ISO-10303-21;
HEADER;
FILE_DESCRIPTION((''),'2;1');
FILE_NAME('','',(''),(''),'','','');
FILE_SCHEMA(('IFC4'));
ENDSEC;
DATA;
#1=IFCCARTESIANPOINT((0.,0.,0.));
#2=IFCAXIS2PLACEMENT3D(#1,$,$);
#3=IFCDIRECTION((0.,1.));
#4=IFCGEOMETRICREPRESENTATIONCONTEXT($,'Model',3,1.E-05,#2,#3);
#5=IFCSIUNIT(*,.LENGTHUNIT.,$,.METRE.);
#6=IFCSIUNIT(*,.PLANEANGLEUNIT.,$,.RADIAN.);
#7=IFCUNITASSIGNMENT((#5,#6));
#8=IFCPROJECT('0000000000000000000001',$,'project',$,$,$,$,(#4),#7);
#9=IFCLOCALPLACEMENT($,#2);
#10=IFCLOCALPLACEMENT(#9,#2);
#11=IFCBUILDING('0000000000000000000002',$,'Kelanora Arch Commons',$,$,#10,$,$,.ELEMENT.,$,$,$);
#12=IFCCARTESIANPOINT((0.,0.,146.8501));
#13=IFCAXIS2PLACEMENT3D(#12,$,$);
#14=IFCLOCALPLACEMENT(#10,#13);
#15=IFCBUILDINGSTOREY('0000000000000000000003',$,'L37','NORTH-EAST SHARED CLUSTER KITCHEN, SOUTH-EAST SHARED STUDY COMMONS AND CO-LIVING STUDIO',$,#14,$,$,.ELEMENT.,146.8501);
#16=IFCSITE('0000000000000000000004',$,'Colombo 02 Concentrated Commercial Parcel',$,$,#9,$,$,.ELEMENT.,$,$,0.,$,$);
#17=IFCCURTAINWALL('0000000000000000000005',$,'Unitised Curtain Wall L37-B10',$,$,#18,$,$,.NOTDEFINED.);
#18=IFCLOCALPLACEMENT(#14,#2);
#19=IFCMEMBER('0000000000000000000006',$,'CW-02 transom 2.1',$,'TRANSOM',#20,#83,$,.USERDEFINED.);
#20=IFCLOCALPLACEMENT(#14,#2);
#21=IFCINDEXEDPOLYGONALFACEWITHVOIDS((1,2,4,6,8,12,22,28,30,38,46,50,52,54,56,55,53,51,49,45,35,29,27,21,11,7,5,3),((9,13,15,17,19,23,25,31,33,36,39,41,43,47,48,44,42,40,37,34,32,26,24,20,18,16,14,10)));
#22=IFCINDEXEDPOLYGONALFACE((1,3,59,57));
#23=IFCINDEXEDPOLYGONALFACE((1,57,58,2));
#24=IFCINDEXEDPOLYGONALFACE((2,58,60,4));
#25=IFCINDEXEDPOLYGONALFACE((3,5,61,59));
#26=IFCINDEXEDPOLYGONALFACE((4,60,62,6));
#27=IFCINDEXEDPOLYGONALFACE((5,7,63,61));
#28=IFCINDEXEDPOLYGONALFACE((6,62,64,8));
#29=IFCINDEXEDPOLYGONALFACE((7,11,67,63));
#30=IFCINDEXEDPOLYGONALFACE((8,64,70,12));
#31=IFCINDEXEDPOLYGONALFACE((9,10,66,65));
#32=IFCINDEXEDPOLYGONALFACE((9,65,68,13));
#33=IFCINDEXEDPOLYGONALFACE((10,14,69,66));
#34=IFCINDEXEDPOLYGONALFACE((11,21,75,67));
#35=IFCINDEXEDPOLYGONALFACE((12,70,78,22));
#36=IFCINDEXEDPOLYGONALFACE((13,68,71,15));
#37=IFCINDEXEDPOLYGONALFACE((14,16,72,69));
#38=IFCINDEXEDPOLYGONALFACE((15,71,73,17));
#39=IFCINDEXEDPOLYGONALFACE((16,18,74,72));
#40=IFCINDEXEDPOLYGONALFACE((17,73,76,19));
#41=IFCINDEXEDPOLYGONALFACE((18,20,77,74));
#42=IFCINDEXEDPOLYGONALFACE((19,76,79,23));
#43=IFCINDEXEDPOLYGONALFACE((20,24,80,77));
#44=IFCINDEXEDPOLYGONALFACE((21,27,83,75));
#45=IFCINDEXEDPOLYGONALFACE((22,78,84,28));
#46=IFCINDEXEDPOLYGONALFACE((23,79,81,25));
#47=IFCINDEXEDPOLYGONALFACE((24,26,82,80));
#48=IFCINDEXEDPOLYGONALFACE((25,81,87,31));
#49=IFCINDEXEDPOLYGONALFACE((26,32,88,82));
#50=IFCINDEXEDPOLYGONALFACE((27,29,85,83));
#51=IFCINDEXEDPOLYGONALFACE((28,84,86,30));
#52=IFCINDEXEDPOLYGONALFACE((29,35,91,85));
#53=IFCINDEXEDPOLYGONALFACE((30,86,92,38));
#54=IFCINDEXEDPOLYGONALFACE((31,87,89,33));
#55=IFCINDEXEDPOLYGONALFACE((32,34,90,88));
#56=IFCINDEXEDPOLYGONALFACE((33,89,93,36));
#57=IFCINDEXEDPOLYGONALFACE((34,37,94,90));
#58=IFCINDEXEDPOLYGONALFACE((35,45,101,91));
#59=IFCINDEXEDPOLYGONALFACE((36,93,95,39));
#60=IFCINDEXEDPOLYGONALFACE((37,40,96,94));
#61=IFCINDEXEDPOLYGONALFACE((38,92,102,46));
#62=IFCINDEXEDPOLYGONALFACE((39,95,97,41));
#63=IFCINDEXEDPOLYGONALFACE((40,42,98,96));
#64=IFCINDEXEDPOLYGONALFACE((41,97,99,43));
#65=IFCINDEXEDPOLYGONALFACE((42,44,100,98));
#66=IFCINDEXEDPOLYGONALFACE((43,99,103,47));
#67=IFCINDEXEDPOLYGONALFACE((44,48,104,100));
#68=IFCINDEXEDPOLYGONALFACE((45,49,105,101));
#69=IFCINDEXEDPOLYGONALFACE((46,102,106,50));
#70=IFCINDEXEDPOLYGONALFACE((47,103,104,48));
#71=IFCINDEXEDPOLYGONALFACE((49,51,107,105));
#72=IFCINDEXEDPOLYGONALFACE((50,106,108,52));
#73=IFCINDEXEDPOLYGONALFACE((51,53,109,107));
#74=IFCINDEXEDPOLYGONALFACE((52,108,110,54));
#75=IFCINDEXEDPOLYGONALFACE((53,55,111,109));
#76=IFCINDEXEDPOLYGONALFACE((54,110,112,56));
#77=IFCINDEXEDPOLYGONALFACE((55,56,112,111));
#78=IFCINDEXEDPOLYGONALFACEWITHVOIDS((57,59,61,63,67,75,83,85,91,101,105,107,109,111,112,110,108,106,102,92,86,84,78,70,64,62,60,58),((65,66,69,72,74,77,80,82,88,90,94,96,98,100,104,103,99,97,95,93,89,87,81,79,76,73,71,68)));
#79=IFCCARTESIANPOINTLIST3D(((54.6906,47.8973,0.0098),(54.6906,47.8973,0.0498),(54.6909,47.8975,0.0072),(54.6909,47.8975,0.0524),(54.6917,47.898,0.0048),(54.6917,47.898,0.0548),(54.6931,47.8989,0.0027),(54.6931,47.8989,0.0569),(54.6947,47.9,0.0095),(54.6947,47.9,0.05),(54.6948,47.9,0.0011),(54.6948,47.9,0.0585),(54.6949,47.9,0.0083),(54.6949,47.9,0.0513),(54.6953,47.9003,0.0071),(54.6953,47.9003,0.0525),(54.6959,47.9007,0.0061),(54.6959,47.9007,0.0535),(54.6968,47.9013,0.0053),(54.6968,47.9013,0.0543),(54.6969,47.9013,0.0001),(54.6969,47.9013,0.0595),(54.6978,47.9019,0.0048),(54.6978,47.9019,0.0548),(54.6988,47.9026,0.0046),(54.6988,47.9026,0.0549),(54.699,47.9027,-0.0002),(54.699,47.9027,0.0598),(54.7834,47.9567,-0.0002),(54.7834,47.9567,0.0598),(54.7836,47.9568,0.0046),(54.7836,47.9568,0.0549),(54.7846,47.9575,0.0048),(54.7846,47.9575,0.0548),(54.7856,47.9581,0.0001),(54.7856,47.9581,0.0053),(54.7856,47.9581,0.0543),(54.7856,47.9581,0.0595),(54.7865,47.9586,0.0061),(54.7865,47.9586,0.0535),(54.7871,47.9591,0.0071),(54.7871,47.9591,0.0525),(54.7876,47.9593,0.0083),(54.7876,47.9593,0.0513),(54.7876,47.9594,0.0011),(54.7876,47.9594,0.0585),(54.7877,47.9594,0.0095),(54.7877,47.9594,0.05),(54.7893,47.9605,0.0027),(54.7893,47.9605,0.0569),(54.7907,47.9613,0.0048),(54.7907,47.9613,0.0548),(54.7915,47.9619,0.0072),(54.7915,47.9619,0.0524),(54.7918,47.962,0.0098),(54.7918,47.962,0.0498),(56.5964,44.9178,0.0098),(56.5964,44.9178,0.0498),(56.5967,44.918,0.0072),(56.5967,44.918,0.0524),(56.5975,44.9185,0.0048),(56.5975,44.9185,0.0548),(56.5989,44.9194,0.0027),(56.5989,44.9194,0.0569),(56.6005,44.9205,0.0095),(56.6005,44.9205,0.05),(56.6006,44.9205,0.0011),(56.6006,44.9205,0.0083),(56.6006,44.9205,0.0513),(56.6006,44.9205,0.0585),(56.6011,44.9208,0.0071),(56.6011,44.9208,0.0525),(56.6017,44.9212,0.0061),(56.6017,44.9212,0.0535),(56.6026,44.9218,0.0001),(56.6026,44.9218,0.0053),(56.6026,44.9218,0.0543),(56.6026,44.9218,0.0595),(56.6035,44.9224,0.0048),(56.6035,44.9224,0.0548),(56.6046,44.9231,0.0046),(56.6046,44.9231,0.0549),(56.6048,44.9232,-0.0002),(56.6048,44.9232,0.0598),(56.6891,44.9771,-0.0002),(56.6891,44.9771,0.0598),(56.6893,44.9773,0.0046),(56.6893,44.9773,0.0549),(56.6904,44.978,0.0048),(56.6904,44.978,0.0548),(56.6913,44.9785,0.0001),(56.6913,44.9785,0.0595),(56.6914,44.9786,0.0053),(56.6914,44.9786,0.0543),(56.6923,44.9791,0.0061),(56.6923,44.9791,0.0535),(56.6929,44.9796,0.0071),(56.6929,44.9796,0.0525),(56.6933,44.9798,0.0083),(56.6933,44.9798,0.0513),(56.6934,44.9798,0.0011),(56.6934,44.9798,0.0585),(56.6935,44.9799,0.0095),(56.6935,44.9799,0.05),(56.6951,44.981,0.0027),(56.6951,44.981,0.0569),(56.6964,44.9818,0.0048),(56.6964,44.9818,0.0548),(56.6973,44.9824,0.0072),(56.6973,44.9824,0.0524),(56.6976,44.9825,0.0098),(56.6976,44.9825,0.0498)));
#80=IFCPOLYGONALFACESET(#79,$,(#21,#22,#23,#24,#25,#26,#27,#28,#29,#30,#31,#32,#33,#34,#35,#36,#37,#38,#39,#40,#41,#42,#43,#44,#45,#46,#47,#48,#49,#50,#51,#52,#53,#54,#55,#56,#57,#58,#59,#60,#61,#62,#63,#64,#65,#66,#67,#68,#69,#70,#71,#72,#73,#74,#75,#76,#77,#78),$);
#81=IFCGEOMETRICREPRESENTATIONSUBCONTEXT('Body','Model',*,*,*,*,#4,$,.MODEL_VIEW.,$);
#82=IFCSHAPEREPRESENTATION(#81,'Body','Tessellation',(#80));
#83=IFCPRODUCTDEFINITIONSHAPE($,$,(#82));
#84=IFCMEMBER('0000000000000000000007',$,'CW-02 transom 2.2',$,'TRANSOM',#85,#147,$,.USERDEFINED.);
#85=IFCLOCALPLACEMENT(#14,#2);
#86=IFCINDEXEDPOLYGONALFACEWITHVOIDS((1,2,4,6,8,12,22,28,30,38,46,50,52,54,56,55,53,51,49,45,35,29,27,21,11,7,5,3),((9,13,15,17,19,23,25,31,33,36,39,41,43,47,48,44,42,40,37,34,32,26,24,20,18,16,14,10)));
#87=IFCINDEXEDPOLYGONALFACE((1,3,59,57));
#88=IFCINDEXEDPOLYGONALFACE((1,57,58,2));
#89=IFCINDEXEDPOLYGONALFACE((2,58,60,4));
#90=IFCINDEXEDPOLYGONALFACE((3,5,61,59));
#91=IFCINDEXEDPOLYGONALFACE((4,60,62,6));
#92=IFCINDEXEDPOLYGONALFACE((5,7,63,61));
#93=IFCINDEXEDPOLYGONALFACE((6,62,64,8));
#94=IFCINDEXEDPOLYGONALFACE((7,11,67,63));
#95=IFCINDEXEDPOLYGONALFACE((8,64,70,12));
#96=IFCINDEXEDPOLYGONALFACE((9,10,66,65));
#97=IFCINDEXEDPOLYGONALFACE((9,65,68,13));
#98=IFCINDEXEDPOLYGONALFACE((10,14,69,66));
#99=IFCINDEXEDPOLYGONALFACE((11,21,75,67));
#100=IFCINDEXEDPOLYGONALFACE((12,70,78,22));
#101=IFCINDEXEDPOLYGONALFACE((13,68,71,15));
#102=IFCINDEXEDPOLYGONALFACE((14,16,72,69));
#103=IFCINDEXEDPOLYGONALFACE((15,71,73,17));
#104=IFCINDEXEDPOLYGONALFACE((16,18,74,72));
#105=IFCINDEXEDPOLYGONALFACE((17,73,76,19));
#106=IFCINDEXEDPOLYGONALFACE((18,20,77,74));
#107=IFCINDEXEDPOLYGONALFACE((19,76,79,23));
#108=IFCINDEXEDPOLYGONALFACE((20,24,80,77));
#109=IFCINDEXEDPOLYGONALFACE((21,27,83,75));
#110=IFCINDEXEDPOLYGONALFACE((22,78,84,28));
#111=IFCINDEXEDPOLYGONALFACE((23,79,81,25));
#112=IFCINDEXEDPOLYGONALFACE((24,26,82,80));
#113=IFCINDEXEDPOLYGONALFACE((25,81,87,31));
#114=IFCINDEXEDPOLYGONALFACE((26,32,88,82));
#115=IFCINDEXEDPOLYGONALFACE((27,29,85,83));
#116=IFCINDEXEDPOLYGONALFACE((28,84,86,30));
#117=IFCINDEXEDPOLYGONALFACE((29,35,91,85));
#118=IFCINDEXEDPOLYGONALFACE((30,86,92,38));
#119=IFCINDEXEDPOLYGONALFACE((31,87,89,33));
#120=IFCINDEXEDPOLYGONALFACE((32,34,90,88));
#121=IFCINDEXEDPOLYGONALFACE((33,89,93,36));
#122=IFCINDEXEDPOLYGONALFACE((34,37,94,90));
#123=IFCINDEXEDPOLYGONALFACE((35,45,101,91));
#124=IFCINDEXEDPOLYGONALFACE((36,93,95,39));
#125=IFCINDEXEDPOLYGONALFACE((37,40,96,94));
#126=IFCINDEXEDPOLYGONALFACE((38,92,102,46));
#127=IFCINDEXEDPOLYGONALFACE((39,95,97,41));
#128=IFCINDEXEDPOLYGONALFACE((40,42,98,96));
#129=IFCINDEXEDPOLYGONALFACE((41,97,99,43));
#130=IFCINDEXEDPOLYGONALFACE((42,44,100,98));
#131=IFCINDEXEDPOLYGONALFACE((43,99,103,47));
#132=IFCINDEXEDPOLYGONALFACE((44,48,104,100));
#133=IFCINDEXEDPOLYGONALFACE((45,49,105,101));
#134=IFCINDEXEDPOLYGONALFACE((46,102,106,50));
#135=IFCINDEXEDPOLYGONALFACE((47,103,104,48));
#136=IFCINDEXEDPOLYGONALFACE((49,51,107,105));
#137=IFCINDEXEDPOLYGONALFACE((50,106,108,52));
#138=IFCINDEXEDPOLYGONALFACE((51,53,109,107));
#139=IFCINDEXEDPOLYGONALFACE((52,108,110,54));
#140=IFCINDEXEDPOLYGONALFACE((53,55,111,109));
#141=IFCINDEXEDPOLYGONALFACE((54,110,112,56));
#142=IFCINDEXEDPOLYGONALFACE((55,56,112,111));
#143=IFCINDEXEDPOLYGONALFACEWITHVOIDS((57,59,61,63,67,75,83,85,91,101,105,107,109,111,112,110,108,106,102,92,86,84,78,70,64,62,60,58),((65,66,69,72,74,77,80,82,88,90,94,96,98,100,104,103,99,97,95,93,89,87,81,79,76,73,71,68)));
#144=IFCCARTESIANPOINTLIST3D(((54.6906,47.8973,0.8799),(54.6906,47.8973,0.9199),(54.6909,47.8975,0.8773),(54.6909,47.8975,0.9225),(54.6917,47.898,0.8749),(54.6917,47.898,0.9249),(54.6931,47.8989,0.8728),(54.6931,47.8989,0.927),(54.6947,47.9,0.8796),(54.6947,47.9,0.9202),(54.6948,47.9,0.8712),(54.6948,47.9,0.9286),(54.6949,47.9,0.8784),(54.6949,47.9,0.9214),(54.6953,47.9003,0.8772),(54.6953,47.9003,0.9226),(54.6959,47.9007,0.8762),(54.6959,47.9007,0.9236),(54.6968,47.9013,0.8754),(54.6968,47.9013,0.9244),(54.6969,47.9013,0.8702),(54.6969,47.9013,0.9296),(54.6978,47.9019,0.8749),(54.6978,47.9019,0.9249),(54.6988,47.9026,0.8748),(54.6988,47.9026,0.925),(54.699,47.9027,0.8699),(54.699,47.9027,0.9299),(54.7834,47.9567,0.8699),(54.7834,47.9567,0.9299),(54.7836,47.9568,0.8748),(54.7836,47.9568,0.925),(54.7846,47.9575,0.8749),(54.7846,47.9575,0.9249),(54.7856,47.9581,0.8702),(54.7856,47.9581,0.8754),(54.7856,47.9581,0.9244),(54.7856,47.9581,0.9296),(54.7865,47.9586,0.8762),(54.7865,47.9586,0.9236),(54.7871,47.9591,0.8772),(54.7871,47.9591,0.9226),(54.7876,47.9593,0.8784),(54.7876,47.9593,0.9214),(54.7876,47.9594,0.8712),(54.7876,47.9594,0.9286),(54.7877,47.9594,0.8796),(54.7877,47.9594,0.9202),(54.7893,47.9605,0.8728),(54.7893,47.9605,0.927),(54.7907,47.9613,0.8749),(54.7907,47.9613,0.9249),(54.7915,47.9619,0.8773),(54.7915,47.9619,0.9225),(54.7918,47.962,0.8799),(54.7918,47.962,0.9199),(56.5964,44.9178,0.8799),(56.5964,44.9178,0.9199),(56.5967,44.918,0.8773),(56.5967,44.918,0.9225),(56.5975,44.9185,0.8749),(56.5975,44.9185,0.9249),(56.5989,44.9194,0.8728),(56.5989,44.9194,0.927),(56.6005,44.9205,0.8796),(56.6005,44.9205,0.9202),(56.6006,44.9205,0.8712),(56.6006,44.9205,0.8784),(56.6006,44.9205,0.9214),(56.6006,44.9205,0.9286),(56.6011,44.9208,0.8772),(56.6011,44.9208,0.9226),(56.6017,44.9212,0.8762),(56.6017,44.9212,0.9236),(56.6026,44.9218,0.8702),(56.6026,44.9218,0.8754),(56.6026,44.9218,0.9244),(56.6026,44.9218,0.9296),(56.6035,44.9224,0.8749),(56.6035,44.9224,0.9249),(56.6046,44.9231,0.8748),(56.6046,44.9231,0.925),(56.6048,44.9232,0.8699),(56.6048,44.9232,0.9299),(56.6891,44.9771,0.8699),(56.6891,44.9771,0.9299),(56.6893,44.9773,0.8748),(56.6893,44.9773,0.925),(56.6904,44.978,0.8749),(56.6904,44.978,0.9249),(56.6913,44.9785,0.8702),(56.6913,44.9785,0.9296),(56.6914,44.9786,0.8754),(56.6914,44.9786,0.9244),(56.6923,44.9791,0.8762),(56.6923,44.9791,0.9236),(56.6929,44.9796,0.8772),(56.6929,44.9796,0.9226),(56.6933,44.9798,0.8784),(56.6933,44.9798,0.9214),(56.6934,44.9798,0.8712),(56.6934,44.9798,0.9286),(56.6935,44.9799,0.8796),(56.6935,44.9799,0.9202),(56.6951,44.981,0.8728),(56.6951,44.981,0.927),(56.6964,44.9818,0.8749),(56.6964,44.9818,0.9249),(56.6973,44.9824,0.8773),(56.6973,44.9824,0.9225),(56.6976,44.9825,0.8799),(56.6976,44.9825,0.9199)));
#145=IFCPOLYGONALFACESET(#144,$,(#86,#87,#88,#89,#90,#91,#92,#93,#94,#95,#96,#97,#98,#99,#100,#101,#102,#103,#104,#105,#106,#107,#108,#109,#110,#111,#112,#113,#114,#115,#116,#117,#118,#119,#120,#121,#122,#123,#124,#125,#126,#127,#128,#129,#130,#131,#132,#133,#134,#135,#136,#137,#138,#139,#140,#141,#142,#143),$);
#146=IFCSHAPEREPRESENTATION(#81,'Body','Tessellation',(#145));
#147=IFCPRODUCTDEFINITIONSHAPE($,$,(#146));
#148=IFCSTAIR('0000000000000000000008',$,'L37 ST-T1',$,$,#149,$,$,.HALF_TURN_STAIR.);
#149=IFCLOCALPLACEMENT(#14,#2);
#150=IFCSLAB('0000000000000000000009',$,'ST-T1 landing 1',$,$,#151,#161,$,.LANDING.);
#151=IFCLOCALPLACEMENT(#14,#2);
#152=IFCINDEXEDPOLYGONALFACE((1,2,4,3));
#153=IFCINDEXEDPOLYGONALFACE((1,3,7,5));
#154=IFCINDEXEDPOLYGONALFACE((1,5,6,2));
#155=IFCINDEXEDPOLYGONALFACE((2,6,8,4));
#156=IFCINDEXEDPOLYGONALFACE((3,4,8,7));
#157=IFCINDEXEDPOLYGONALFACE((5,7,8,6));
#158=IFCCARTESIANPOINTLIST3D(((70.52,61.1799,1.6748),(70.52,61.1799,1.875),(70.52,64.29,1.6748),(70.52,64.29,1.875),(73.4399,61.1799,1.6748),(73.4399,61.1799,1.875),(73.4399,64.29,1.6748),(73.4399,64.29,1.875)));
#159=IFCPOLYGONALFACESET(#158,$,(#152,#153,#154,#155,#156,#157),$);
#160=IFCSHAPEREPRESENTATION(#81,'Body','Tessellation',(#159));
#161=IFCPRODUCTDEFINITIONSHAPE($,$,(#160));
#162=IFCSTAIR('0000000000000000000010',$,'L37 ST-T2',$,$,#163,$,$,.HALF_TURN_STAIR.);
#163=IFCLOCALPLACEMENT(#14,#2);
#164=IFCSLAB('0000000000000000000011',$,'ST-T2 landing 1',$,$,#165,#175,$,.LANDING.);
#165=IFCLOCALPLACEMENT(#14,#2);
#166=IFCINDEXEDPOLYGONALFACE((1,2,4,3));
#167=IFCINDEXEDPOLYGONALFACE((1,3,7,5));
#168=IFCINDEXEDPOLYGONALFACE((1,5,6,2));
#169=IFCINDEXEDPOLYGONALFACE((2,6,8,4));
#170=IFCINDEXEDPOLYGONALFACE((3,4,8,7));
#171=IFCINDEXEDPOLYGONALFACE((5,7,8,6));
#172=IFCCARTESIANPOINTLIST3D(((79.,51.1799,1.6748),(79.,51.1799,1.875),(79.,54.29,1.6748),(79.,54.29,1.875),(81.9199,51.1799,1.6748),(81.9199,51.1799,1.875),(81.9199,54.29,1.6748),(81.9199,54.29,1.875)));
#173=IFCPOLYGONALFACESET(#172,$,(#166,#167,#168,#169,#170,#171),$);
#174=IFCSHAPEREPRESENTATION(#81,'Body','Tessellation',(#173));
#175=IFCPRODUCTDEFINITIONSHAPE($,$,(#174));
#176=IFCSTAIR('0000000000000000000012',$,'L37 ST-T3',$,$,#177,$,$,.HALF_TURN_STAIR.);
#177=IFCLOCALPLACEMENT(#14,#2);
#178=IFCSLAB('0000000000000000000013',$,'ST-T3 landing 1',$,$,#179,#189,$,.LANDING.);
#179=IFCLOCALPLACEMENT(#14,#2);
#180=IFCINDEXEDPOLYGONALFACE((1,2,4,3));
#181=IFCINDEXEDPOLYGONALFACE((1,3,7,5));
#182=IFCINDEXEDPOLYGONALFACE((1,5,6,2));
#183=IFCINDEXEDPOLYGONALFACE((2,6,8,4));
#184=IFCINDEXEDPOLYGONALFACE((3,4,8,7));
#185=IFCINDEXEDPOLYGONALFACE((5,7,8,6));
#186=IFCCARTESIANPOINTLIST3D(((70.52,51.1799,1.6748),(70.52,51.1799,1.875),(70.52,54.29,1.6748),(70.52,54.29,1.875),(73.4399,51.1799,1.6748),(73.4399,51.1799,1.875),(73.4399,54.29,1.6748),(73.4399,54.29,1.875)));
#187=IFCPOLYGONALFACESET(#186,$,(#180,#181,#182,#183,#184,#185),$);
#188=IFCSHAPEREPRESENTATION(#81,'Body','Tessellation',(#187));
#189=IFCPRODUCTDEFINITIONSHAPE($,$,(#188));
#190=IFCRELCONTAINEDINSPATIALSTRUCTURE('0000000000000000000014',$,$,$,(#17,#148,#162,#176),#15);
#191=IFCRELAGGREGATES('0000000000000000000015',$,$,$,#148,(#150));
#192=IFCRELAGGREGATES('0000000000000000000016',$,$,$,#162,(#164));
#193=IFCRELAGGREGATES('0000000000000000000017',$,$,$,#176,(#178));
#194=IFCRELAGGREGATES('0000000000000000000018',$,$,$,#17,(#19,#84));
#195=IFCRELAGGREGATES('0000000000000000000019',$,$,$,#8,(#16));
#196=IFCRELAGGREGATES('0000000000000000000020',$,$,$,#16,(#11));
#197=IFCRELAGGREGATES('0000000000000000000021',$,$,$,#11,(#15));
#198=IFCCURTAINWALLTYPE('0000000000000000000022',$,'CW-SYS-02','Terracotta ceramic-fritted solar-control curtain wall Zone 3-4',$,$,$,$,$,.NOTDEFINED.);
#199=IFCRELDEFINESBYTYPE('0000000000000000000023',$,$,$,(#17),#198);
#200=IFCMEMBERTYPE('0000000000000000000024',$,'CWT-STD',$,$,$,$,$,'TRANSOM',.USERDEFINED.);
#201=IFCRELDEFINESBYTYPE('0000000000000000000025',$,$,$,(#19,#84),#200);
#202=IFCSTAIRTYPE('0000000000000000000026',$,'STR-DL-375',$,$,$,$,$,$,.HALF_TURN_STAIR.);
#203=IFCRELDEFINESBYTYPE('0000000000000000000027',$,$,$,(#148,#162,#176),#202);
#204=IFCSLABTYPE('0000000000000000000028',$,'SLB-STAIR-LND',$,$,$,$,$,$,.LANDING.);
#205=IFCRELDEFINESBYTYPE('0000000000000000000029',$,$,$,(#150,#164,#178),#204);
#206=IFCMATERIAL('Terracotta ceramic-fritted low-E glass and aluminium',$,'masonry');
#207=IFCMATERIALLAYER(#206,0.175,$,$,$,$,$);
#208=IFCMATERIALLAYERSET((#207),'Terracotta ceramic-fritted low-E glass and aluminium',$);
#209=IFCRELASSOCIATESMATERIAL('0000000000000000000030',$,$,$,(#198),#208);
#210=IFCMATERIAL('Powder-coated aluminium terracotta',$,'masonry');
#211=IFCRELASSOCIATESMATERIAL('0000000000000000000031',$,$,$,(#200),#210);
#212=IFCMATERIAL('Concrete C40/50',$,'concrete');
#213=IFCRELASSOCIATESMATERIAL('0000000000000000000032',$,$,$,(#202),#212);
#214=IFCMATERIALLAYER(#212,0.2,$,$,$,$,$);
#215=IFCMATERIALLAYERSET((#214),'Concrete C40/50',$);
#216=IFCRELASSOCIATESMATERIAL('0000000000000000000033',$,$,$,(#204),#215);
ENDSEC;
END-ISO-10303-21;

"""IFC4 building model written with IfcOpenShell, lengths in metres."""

from ifc_helpers import new_model, si_unit, direction, frame, origin, origin_2d, place, context, subcontext, project, spatial, polyline, hollow_rectangle, outline, extrude, material, layer, layer_set, material_profile, profile_set, type_object, element, aggregate, save


model = new_model("IFC4")

# Units and contexts
model_context = context("Model", 3, precision=1e-05, world=origin(), true_north=direction((0.0, 1.0)))
body_context = subcontext(model_context, "Body", "Model", "MODEL_VIEW")
ifc_project = project(units=[si_unit("LENGTHUNIT", "METRE"), si_unit("PLANEANGLEUNIT", "RADIAN")], contexts=[model_context])

# Site, building, storey
site_placement = place(None, origin())
site = spatial("IfcSite", under=ifc_project, at=site_placement, Name="Colombo 02 Concentrated Commercial Parcel", CompositionType="ELEMENT", RefElevation=0.0)
building_placement = place(site_placement, origin())
building = spatial("IfcBuilding", under=site, at=building_placement, Name="Kelanora Arch Commons", CompositionType="ELEMENT")
storey_placement = place(building_placement, frame((0.0, 0.0, 146.8501)))
storey = spatial("IfcBuildingStorey", under=building, at=storey_placement, Name="L37", Description="NORTH-EAST SHARED CLUSTER KITCHEN, SOUTH-EAST SHARED STUDY COMMONS AND CO-LIVING STUDIO", CompositionType="ELEMENT", Elevation=146.8501)

# Shared definitions
ifc_material_1 = material(Name="Terracotta ceramic-fritted low-E glass and aluminium", Category="masonry")
ifc_layer_1 = layer(ifc_material_1, 0.175)
ifc_layer_set_1 = layer_set([ifc_layer_1], Name="Terracotta ceramic-fritted low-E glass and aluminium")
curtain_wall_type = type_object("IfcCurtainWallType", Name="CW-SYS-02", Description="Terracotta ceramic-fritted solar-control curtain wall Zone 3-4", PredefinedType="NOTDEFINED", material=ifc_layer_set_1)
ifc_material_2 = material(Name="Powder-coated aluminium terracotta", Category="masonry")

# Curtain wall, members
curtain_wall_1_placement = place(storey_placement, origin())
curtain_wall_1 = element("IfcCurtainWall", 1, at=curtain_wall_1_placement, inside=storey, type_object=curtain_wall_type, Name="Unitised Curtain Wall L37-B10", PredefinedType="NOTDEFINED")
ifc_material_profile_1 = material_profile(ifc_material_2, hollow_rectangle(XDim=0.1201, YDim=0.0601, WallThickness=0.0049, InnerFilletRadius=0.0049, OuterFilletRadius=0.01, at=origin_2d()), Name="CWT120x60")
ifc_profile_set_1 = profile_set([ifc_material_profile_1], Name="Powder-coated aluminium terracotta")
member_type_1 = type_object("IfcMemberType", Name="CWT-STD", ElementType="TRANSOM", PredefinedType="USERDEFINED", material=ifc_profile_set_1)
member_1_placement = place(storey_placement, frame((54.7412, 47.9297, 0.0298), z_axis=(0.53883, -0.842414, 0.0), x_axis=(0.842414, 0.53883, 0.0)))
member_1 = element("IfcMember", 2, at=member_1_placement, type_object=member_type_1, Name="CW-02 transom 2.1", ObjectType="TRANSOM", PredefinedType="USERDEFINED", context=body_context, shape_type="SweptSolid", body=[
    extrude(hollow_rectangle(XDim=0.1201, YDim=0.0601, WallThickness=0.0049, InnerFilletRadius=0.0049, OuterFilletRadius=0.01, at=origin_2d()), origin(), (0.0, 0.0, 1.0), 3.5369),
])
member_2_placement = place(storey_placement, frame((54.7412, 47.9297, 0.8999), z_axis=(0.53883, -0.842414, 0.0), x_axis=(0.842414, 0.53883, 0.0)))
member_2 = element("IfcMember", 3, at=member_2_placement, type_object=member_type_1, Name="CW-02 transom 2.2", ObjectType="TRANSOM", PredefinedType="USERDEFINED", context=body_context, shape_type="SweptSolid", body=[
    extrude(hollow_rectangle(XDim=0.1201, YDim=0.0601, WallThickness=0.0049, InnerFilletRadius=0.0049, OuterFilletRadius=0.01, at=origin_2d()), origin(), (0.0, 0.0, 1.0), 3.5369),
])

# Stairs, slabs
ifc_material_3 = material(Name="Concrete C40/50", Category="concrete")
stair_type = type_object("IfcStairType", Name="STR-DL-375", PredefinedType="HALF_TURN_STAIR", material=ifc_material_3)
stair_1_placement = place(storey_placement, origin())
stair_1 = element("IfcStair", 4, at=stair_1_placement, inside=storey, type_object=stair_type, Name="L37 ST-T1", PredefinedType="HALF_TURN_STAIR")
ifc_layer_2 = layer(ifc_material_3, 0.2)
ifc_layer_set_2 = layer_set([ifc_layer_2], Name="Concrete C40/50")
slab_type_1 = type_object("IfcSlabType", Name="SLB-STAIR-LND", PredefinedType="LANDING", material=ifc_layer_set_2)
slab_1_placement = place(storey_placement, frame((0.0, 0.0, 1.6748)))
slab_1 = element("IfcSlab", 5, at=slab_1_placement, type_object=slab_type_1, Name="ST-T1 landing 1", PredefinedType="LANDING", context=body_context, shape_type="SweptSolid", body=[
    extrude(outline(polyline([(70.52, 61.1799), (73.4399, 61.1799), (73.4399, 64.29), (70.52, 64.29), (70.52, 61.1799)])), origin(), (0.0, 0.0, 1.0), 0.2002),
])
aggregate(stair_1, [slab_1])
stair_2_placement = place(storey_placement, origin())
stair_2 = element("IfcStair", 6, at=stair_2_placement, inside=storey, type_object=stair_type, Name="L37 ST-T2", PredefinedType="HALF_TURN_STAIR")
slab_2_placement = place(storey_placement, frame((0.0, 0.0, 1.6748)))
slab_2 = element("IfcSlab", 7, at=slab_2_placement, type_object=slab_type_1, Name="ST-T2 landing 1", PredefinedType="LANDING", context=body_context, shape_type="SweptSolid", body=[
    extrude(outline(polyline([(79.0, 51.1799), (81.9199, 51.1799), (81.9199, 54.29), (79.0, 54.29), (79.0, 51.1799)])), origin(), (0.0, 0.0, 1.0), 0.2002),
])
aggregate(stair_2, [slab_2])
stair_3_placement = place(storey_placement, origin())
stair_3 = element("IfcStair", 8, at=stair_3_placement, inside=storey, type_object=stair_type, Name="L37 ST-T3", PredefinedType="HALF_TURN_STAIR")
slab_3_placement = place(storey_placement, frame((0.0, 0.0, 1.6748)))
slab_3 = element("IfcSlab", 9, at=slab_3_placement, type_object=slab_type_1, Name="ST-T3 landing 1", PredefinedType="LANDING", context=body_context, shape_type="SweptSolid", body=[
    extrude(outline(polyline([(70.52, 51.1799), (73.4399, 51.1799), (73.4399, 54.29), (70.52, 54.29), (70.52, 51.1799)])), origin(), (0.0, 0.0, 1.0), 0.2002),
])
aggregate(stair_3, [slab_3])

aggregate(curtain_wall_1, [member_1, member_2])

save(model, "model.ifc")
